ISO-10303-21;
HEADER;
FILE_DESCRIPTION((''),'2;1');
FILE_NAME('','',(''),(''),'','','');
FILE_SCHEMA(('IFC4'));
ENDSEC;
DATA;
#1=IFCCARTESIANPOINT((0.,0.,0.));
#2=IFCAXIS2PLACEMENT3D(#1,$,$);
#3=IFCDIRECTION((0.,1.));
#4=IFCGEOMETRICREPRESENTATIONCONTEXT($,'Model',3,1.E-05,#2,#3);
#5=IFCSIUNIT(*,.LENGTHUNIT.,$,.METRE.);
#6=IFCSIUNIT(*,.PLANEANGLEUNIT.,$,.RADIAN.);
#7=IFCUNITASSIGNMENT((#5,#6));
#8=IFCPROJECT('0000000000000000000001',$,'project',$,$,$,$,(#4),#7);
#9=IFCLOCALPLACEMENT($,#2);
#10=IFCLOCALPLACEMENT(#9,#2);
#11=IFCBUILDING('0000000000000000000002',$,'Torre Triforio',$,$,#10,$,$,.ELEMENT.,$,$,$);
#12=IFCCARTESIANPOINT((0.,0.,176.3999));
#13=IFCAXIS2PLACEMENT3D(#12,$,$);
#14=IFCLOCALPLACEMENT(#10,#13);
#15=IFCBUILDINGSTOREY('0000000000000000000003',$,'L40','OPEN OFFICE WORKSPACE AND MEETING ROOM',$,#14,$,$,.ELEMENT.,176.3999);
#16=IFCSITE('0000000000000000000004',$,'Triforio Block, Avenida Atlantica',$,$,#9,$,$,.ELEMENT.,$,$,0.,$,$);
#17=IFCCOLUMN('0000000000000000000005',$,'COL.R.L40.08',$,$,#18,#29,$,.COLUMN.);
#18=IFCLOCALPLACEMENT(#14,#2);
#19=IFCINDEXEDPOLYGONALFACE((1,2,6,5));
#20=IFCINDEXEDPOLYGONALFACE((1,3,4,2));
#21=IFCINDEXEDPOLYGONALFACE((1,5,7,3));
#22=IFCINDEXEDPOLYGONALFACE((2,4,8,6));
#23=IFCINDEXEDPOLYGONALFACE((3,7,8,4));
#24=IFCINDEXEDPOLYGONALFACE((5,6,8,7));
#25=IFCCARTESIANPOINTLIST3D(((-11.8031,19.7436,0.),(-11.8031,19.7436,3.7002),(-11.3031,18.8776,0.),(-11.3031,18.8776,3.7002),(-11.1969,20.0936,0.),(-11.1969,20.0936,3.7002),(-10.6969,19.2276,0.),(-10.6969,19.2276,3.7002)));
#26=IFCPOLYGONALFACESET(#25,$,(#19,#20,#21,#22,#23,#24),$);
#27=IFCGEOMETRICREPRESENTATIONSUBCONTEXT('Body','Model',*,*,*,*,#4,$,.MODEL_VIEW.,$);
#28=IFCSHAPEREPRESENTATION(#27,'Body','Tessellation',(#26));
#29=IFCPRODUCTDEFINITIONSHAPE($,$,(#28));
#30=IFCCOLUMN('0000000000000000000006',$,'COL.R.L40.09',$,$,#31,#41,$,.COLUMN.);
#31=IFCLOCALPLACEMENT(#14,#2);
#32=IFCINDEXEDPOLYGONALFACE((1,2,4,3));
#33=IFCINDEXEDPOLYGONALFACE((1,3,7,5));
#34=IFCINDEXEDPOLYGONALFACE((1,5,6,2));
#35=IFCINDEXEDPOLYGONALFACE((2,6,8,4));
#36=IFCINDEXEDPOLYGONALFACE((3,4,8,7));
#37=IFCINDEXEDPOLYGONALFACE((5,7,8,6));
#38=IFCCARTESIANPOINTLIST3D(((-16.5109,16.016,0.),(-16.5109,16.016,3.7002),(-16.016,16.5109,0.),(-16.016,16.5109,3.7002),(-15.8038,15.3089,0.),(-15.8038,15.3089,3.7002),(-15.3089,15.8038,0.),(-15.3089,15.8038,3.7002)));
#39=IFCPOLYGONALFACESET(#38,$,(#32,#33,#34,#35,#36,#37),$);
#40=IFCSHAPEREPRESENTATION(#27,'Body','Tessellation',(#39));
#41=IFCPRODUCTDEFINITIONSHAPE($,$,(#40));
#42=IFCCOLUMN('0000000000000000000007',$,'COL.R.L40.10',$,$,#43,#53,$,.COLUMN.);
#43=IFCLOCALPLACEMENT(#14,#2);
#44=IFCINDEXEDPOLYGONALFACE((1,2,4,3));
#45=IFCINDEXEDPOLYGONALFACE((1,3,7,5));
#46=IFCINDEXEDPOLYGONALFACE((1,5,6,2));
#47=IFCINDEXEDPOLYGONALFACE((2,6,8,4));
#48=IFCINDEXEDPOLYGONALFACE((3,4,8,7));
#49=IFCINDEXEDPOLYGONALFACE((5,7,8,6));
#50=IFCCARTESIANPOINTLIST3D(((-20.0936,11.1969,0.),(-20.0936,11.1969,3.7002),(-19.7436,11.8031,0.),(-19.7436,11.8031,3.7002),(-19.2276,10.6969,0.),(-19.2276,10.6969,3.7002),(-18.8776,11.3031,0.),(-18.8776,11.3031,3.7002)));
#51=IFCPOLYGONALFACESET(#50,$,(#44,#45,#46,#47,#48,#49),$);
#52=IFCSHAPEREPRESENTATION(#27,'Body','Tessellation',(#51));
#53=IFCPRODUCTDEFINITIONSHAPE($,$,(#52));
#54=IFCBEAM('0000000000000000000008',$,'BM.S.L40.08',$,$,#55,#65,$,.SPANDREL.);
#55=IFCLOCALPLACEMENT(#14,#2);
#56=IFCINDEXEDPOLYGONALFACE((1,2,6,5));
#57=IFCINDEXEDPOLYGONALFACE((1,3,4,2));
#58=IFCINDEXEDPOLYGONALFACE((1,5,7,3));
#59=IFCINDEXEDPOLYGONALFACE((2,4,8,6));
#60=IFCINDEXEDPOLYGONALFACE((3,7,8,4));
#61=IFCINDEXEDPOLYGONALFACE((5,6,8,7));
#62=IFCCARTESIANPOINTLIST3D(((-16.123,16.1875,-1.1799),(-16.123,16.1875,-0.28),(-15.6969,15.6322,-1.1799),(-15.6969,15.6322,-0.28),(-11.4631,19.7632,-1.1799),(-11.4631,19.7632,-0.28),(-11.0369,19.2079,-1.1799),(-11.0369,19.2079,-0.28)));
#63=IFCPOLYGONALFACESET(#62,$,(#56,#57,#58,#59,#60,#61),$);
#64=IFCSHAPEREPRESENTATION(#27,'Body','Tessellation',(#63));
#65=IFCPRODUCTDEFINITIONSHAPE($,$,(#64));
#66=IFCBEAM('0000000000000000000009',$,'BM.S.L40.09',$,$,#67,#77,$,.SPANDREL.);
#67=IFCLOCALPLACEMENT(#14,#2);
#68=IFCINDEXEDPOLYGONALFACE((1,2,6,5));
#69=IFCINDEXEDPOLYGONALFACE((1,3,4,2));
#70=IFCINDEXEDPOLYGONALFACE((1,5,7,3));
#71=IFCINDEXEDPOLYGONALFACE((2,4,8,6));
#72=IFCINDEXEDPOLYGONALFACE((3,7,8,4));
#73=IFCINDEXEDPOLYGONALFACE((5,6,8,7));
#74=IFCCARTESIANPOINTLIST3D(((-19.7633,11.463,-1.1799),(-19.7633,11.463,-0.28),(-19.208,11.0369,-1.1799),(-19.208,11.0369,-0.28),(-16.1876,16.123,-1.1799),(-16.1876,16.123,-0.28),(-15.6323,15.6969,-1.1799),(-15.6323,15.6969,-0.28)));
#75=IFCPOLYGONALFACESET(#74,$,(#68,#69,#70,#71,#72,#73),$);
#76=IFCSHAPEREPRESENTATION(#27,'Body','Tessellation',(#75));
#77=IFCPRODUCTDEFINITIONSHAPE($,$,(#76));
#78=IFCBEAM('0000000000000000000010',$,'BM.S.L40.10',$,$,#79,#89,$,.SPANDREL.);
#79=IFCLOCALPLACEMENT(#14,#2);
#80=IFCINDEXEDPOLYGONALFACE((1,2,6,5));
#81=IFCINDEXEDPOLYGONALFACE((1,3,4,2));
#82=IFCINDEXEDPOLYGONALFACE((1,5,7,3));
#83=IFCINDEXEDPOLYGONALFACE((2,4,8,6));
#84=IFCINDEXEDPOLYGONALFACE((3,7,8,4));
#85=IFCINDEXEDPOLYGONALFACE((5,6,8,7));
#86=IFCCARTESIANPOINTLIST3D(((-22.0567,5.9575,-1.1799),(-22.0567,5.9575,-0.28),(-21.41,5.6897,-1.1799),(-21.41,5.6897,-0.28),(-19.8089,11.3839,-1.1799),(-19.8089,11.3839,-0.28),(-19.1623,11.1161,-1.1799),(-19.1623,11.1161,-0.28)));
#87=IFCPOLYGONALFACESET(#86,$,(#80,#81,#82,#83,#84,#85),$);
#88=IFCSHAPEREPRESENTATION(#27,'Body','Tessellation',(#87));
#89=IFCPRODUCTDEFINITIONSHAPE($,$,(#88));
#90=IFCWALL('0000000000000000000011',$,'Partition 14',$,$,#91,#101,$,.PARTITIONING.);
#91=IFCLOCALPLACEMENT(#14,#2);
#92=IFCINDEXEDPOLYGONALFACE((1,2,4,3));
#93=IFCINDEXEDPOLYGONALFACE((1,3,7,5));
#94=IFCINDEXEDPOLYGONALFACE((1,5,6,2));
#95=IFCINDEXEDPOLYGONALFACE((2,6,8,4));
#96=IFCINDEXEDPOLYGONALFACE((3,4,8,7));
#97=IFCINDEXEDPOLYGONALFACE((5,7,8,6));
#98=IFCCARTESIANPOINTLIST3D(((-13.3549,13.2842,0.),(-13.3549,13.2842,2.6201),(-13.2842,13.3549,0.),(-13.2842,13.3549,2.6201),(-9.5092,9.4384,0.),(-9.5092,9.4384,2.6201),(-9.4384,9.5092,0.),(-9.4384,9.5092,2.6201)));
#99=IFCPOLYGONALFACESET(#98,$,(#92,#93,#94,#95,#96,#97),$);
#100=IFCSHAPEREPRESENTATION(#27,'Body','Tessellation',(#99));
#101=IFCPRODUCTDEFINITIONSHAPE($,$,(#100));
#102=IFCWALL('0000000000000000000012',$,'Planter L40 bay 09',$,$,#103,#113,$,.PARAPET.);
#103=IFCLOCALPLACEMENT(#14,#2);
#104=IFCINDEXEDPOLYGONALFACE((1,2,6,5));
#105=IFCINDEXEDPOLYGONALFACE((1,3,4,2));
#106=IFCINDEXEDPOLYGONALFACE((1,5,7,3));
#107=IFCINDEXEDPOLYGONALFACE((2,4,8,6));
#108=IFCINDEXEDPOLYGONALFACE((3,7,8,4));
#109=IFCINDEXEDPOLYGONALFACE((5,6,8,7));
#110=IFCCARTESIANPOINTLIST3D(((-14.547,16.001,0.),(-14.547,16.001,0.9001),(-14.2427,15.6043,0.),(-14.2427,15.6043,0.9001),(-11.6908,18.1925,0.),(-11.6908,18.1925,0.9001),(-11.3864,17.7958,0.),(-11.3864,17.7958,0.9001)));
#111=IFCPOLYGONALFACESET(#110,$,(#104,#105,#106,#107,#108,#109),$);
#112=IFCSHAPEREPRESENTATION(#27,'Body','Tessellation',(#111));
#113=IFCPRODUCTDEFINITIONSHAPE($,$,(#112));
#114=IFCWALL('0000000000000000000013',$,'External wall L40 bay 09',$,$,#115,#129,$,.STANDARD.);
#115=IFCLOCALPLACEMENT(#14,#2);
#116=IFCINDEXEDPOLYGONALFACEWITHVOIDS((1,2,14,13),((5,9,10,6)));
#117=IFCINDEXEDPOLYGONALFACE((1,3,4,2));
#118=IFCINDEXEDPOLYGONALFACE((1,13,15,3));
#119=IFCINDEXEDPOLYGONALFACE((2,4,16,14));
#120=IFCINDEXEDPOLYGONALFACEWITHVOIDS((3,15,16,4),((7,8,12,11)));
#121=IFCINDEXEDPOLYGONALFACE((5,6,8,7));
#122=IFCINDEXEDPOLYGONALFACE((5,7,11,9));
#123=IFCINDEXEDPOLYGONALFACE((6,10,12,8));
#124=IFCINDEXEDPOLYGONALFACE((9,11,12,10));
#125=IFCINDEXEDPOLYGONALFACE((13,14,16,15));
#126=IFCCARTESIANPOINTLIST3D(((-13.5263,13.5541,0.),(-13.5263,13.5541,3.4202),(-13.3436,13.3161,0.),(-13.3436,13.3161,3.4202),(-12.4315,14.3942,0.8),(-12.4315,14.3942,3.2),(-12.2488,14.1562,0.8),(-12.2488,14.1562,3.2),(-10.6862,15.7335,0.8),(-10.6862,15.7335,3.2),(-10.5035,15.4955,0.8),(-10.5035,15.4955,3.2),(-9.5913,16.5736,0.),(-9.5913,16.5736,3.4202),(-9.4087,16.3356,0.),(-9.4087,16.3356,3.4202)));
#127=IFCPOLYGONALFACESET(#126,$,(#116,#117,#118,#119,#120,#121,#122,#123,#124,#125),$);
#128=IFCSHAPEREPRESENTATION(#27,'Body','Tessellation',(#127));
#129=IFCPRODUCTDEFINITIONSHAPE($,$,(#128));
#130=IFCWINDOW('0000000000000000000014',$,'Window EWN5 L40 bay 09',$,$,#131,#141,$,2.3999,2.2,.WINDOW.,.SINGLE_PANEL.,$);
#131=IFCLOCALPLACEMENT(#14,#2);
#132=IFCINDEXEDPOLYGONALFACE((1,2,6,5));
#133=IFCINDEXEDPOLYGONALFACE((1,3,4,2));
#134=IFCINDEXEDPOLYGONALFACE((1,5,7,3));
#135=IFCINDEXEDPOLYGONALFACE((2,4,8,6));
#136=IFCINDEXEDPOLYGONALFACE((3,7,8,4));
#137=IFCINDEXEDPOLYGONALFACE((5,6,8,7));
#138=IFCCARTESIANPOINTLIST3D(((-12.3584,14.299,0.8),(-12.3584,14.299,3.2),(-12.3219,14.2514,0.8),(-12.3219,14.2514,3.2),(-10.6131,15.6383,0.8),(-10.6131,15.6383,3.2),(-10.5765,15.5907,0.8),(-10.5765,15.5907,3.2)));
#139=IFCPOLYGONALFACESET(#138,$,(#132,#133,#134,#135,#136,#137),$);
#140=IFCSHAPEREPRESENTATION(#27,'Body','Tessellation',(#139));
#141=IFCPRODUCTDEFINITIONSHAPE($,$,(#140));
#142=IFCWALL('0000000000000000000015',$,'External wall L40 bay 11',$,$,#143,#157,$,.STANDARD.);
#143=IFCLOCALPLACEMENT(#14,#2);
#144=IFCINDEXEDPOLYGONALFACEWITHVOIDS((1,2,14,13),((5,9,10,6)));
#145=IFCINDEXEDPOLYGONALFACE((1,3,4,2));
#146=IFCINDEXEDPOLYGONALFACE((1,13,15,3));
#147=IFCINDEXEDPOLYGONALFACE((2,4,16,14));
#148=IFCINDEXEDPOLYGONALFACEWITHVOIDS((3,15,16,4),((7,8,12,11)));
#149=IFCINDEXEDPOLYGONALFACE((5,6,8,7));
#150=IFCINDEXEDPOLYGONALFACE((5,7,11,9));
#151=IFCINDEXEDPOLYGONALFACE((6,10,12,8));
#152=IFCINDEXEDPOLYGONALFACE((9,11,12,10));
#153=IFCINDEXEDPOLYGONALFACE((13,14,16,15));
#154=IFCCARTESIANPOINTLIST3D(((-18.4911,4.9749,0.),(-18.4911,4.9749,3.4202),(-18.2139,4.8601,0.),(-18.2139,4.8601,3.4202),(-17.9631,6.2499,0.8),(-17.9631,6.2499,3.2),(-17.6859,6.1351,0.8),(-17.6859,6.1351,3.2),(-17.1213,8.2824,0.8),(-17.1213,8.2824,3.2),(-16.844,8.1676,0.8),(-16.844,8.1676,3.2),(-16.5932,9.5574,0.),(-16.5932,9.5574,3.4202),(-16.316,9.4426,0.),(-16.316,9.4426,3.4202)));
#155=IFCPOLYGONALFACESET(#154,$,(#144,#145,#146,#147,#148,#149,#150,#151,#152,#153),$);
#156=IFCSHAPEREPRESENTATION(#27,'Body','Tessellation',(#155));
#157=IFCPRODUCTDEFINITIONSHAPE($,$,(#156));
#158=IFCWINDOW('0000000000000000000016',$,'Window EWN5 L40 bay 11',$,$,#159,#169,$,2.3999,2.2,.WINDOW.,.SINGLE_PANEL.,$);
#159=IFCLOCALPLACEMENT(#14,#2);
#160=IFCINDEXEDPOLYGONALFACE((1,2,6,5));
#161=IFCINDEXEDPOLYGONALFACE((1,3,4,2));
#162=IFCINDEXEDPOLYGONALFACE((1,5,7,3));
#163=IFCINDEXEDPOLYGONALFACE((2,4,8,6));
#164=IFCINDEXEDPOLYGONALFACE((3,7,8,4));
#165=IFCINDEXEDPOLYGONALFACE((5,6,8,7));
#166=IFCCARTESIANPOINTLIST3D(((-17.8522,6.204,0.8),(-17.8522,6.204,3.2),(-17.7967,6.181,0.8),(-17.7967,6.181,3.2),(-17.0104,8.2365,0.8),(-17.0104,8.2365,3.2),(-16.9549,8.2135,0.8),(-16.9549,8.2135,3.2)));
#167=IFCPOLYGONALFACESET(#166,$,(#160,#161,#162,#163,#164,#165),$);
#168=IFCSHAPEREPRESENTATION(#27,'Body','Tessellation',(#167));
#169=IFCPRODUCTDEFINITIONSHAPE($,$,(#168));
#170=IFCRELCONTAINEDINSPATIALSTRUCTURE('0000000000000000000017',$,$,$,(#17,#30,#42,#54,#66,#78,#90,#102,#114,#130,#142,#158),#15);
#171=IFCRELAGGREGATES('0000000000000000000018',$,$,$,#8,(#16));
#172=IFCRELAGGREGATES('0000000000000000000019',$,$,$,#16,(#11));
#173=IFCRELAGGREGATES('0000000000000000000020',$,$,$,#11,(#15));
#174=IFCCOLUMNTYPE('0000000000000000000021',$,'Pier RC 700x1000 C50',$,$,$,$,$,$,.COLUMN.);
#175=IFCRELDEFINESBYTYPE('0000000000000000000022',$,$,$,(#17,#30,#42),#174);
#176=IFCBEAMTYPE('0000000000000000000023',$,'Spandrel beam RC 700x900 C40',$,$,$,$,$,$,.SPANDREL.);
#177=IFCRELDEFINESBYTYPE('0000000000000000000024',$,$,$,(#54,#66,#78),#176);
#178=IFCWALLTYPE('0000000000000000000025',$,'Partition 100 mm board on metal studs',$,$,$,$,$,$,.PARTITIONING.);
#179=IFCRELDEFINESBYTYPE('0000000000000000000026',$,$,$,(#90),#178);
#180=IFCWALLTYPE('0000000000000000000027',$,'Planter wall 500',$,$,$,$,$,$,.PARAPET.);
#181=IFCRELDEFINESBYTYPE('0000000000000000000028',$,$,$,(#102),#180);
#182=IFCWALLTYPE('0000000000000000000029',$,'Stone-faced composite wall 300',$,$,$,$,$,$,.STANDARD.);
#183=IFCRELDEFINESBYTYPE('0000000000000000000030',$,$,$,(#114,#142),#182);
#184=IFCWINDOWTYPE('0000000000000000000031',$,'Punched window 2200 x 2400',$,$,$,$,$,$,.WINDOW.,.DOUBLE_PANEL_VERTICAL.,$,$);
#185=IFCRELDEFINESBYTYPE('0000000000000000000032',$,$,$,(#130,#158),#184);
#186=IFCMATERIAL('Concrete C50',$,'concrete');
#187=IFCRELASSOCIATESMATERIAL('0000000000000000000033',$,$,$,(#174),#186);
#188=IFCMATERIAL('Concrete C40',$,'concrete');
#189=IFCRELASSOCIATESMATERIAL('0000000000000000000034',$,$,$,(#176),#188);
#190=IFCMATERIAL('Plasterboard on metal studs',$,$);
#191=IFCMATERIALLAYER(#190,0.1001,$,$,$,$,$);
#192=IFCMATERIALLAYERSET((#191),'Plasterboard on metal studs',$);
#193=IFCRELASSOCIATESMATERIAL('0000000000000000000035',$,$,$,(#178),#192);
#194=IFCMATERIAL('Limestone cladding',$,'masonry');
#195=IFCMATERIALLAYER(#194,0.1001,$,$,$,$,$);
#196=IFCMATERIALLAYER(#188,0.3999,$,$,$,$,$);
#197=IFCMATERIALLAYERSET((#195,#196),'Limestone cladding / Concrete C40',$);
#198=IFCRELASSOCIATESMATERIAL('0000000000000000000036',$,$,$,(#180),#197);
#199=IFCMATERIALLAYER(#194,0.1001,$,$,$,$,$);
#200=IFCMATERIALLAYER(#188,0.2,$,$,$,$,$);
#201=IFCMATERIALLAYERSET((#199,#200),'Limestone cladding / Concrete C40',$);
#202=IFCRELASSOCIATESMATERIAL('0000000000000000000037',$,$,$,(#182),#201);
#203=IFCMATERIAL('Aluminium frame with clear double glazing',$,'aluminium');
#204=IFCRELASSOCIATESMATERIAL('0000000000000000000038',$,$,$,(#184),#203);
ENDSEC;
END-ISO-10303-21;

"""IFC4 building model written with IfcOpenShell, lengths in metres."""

from ifc_helpers import new_model, si_unit, direction, frame, frame_2d, origin, origin_2d, place, context, subcontext, project, spatial, rectangle, extrude, material, layer, layer_set, material_profile, profile_set, type_object, element, fill, save


model = new_model("IFC4")

# Units and contexts
model_context = context("Model", 3, precision=1e-05, world=origin(), true_north=direction((0.0, 1.0)))
body_context = subcontext(model_context, "Body", "Model", "MODEL_VIEW")
ifc_project = project(units=[si_unit("LENGTHUNIT", "METRE"), si_unit("PLANEANGLEUNIT", "RADIAN")], contexts=[model_context])

# Site, building, storey
site_placement = place(None, origin())
site = spatial("IfcSite", under=ifc_project, at=site_placement, Name="Triforio Block, Avenida Atlantica", CompositionType="ELEMENT", RefElevation=0.0)
building_placement = place(site_placement, origin())
building = spatial("IfcBuilding", under=site, at=building_placement, Name="Torre Triforio", CompositionType="ELEMENT")
storey_placement = place(building_placement, frame((0.0, 0.0, 176.3999)))
storey = spatial("IfcBuildingStorey", under=building, at=storey_placement, Name="L40", Description="OPEN OFFICE WORKSPACE AND MEETING ROOM", CompositionType="ELEMENT", Elevation=176.3999)

# Columns
ifc_material_1 = material(Name="Concrete C50", Category="concrete")
ifc_material_profile_1 = material_profile(ifc_material_1, rectangle(XDim=0.7, YDim=1.0, at=origin_2d()), Name="RC 700x1000")
ifc_profile_set_1 = profile_set([ifc_material_profile_1], Name="Concrete C50")
column_type = type_object("IfcColumnType", Name="Pier RC 700x1000 C50", PredefinedType="COLUMN", material=ifc_profile_set_1)
for number, where, z_axis, x_axis, name in (
    (1, (-11.25, 19.4856, 0.0), (0.0, 0.0, 1.0), (-0.866025, -0.5, 0.0), "COL.R.L40.08"),
    (2, (-15.9099, 15.9099, 0.0), (0.0, 0.0, 1.0), (-0.707107, -0.707107, 0.0), "COL.R.L40.09"),
    (3, (-19.4856, 11.25, 0.0), (0.0, 0.0, 1.0), (-0.5, -0.866025, 0.0), "COL.R.L40.10"),
):
    element("IfcColumn", number, at=place(storey_placement, frame(where, z_axis=z_axis, x_axis=x_axis)), inside=storey, type_object=column_type, Name=name, PredefinedType="COLUMN", context=body_context, shape_type="SweptSolid", body=[
        extrude(rectangle(XDim=0.7, YDim=1.0, at=origin_2d()), origin(), (0.0, 0.0, 1.0), 3.7002),
    ])

# Beams
ifc_material_2 = material(Name="Concrete C40", Category="concrete")
ifc_material_profile_2 = material_profile(ifc_material_2, rectangle(XDim=0.7, YDim=0.8999, at=origin_2d()), Name="RC 700x900")
ifc_profile_set_2 = profile_set([ifc_material_profile_2], Name="Concrete C40")
beam_type = type_object("IfcBeamType", Name="Spandrel beam RC 700x900 C40", PredefinedType="SPANDREL", material=ifc_profile_set_2)
for number, where, z_axis, x_axis, name in (
    (4, (-11.25, 19.4856, -0.73), (-0.793353, -0.608762, 0.0), (0.608762, -0.793353, 0.0), "BM.S.L40.08"),
    (5, (-15.9099, 15.9099, -0.73), (-0.608762, -0.793353, 0.0), (0.793353, -0.608762, 0.0), "BM.S.L40.09"),
):
    element("IfcBeam", number, at=place(storey_placement, frame(where, z_axis=z_axis, x_axis=x_axis)), inside=storey, type_object=beam_type, Name=name, PredefinedType="SPANDREL", context=body_context, shape_type="SweptSolid", body=[
        extrude(rectangle(XDim=0.7, YDim=0.8999, at=origin_2d()), origin(), (0.0, 0.0, 1.0), 5.8738),
    ])
beam_placement = place(storey_placement, frame((-19.4856, 11.25, -0.73), z_axis=(-0.382693, -0.923875, 0.0), x_axis=(0.923875, -0.382693, 0.0)))
element("IfcBeam", 6, at=beam_placement, inside=storey, type_object=beam_type, Name="BM.S.L40.10", PredefinedType="SPANDREL", context=body_context, shape_type="SweptSolid", body=[
    extrude(rectangle(XDim=0.7, YDim=0.8999, at=origin_2d()), origin(), (0.0, 0.0, 1.0), 5.8735),
])

# Walls
ifc_material_3 = material(Name="Plasterboard on metal studs")
ifc_layer_1 = layer(ifc_material_3, 0.1001)
ifc_layer_set_1 = layer_set([ifc_layer_1], Name="Plasterboard on metal studs")
wall_type_1 = type_object("IfcWallType", Name="Partition 100 mm board on metal studs", PredefinedType="PARTITIONING", material=ifc_layer_set_1)
wall_1_placement = place(storey_placement, frame((-9.4739, 9.4739, 0.0), z_axis=(0.0, 0.0, 1.0), x_axis=(-0.707107, 0.707107, 0.0)))
element("IfcWall", 7, at=wall_1_placement, inside=storey, type_object=wall_type_1, Name="Partition 14", PredefinedType="PARTITIONING", context=body_context, shape_type="SweptSolid", body=[
    extrude(rectangle(XDim=5.4387, YDim=0.1001, at=frame_2d((2.7192, 0.0))), origin(), (0.0, 0.0, 1.0), 2.6201),
])
ifc_material_4 = material(Name="Limestone cladding", Category="masonry")
ifc_layer_2 = layer(ifc_material_4, 0.1001)
ifc_layer_3 = layer(ifc_material_2, 0.3999)
ifc_layer_set_2 = layer_set([ifc_layer_2, ifc_layer_3], Name="Limestone cladding / Concrete C40")
wall_type_2 = type_object("IfcWallType", Name="Planter wall 500", PredefinedType="PARAPET", material=ifc_layer_set_2)
wall_2_placement = place(storey_placement, frame((-11.5386, 17.9941, 0.0), z_axis=(0.0, 0.0, 1.0), x_axis=(-0.793385, -0.608721, 0.0)))
element("IfcWall", 8, at=wall_2_placement, inside=storey, type_object=wall_type_2, Name="Planter L40 bay 09", PredefinedType="PARAPET", context=body_context, shape_type="SweptSolid", body=[
    extrude(rectangle(XDim=3.6001, YDim=0.5, at=frame_2d((1.8, 0.0))), origin(), (0.0, 0.0, 1.0), 0.9001),
])

# Wall, opening, window
ifc_layer_4 = layer(ifc_material_4, 0.1001)
ifc_layer_5 = layer(ifc_material_2, 0.2)
ifc_layer_set_3 = layer_set([ifc_layer_4, ifc_layer_5], Name="Limestone cladding / Concrete C40")
wall_type_3 = type_object("IfcWallType", Name="Stone-faced composite wall 300", PredefinedType="STANDARD", material=ifc_layer_set_3)
wall_3_placement = place(storey_placement, frame((-9.5, 16.4546, 0.0), z_axis=(0.0, 0.0, 1.0), x_axis=(-0.793348, -0.608768, 0.0)))
wall_3 = element("IfcWall", 9, at=wall_3_placement, inside=storey, type_object=wall_type_3, Name="External wall L40 bay 09", PredefinedType="STANDARD", context=body_context, shape_type="SweptSolid", body=[
    extrude(rectangle(XDim=4.96, YDim=0.3, at=frame_2d((2.48, 0.0))), origin(), (0.0, 0.0, 1.0), 3.4202),
])
opening_1_placement = place(wall_3_placement, frame((1.3799, 0.0, 0.8)))
opening_1 = element("IfcOpeningElement", 10, at=opening_1_placement, cuts=wall_3, PredefinedType="OPENING", context=body_context, shape_type="SweptSolid", body=[
    extrude(rectangle(XDim=2.2, YDim=2.3999, at=frame_2d((1.1001, 1.2))), frame((0.0, 0.1599, 0.0), z_axis=(0.0, -1.0, 0.0), x_axis=(1.0, 0.0, 0.0)), (0.0, 0.0, 1.0), 0.3201),
])
ifc_material_5 = material(Name="Aluminium frame with clear double glazing", Category="aluminium")
window_type_1 = type_object("IfcWindowType", Name="Punched window 2200 x 2400", PartitioningType="DOUBLE_PANEL_VERTICAL", PredefinedType="WINDOW", material=ifc_material_5)
window_1_placement = place(opening_1_placement, origin())
window_1 = element("IfcWindow", 11, at=window_1_placement, inside=storey, type_object=window_type_1, Name="Window EWN5 L40 bay 09", OverallHeight=2.3999, OverallWidth=2.2, PartitioningType="SINGLE_PANEL", PredefinedType="WINDOW", context=body_context, shape_type="SweptSolid", body=[
    extrude(rectangle(XDim=2.2, YDim=2.3999, at=frame_2d((1.1001, 1.2))), frame((0.0, 0.03, 0.0), z_axis=(0.0, -1.0, 0.0), x_axis=(1.0, 0.0, 0.0)), (0.0, 0.0, 1.0), 0.0601),
])
fill(opening_1, window_1)

# Wall, opening, window
wall_4_placement = place(storey_placement, frame((-16.4546, 9.5, 0.0), z_axis=(0.0, 0.0, 1.0), x_axis=(-0.38265, -0.923893, 0.0)))
wall_4 = element("IfcWall", 12, at=wall_4_placement, inside=storey, type_object=wall_type_3, Name="External wall L40 bay 11", PredefinedType="STANDARD", context=body_context, shape_type="SweptSolid", body=[
    extrude(rectangle(XDim=4.96, YDim=0.3, at=frame_2d((2.48, 0.0))), origin(), (0.0, 0.0, 1.0), 3.4202),
])
opening_2_placement = place(wall_4_placement, frame((1.3799, 0.0, 0.8)))
opening_2 = element("IfcOpeningElement", 13, at=opening_2_placement, cuts=wall_4, PredefinedType="OPENING", context=body_context, shape_type="SweptSolid", body=[
    extrude(rectangle(XDim=2.2, YDim=2.3999, at=frame_2d((1.1001, 1.2))), frame((0.0, 0.1599, 0.0), z_axis=(0.0, -1.0, 0.0), x_axis=(1.0, 0.0, 0.0)), (0.0, 0.0, 1.0), 0.3201),
])
window_2_placement = place(opening_2_placement, origin())
window_2 = element("IfcWindow", 14, at=window_2_placement, inside=storey, type_object=window_type_1, Name="Window EWN5 L40 bay 11", OverallHeight=2.3999, OverallWidth=2.2, PartitioningType="SINGLE_PANEL", PredefinedType="WINDOW", context=body_context, shape_type="SweptSolid", body=[
    extrude(rectangle(XDim=2.2, YDim=2.3999, at=frame_2d((1.1001, 1.2))), frame((0.0, 0.03, 0.0), z_axis=(0.0, -1.0, 0.0), x_axis=(1.0, 0.0, 0.0)), (0.0, 0.0, 1.0), 0.0601),
])
fill(opening_2, window_2)

save(model, "model.ifc")
